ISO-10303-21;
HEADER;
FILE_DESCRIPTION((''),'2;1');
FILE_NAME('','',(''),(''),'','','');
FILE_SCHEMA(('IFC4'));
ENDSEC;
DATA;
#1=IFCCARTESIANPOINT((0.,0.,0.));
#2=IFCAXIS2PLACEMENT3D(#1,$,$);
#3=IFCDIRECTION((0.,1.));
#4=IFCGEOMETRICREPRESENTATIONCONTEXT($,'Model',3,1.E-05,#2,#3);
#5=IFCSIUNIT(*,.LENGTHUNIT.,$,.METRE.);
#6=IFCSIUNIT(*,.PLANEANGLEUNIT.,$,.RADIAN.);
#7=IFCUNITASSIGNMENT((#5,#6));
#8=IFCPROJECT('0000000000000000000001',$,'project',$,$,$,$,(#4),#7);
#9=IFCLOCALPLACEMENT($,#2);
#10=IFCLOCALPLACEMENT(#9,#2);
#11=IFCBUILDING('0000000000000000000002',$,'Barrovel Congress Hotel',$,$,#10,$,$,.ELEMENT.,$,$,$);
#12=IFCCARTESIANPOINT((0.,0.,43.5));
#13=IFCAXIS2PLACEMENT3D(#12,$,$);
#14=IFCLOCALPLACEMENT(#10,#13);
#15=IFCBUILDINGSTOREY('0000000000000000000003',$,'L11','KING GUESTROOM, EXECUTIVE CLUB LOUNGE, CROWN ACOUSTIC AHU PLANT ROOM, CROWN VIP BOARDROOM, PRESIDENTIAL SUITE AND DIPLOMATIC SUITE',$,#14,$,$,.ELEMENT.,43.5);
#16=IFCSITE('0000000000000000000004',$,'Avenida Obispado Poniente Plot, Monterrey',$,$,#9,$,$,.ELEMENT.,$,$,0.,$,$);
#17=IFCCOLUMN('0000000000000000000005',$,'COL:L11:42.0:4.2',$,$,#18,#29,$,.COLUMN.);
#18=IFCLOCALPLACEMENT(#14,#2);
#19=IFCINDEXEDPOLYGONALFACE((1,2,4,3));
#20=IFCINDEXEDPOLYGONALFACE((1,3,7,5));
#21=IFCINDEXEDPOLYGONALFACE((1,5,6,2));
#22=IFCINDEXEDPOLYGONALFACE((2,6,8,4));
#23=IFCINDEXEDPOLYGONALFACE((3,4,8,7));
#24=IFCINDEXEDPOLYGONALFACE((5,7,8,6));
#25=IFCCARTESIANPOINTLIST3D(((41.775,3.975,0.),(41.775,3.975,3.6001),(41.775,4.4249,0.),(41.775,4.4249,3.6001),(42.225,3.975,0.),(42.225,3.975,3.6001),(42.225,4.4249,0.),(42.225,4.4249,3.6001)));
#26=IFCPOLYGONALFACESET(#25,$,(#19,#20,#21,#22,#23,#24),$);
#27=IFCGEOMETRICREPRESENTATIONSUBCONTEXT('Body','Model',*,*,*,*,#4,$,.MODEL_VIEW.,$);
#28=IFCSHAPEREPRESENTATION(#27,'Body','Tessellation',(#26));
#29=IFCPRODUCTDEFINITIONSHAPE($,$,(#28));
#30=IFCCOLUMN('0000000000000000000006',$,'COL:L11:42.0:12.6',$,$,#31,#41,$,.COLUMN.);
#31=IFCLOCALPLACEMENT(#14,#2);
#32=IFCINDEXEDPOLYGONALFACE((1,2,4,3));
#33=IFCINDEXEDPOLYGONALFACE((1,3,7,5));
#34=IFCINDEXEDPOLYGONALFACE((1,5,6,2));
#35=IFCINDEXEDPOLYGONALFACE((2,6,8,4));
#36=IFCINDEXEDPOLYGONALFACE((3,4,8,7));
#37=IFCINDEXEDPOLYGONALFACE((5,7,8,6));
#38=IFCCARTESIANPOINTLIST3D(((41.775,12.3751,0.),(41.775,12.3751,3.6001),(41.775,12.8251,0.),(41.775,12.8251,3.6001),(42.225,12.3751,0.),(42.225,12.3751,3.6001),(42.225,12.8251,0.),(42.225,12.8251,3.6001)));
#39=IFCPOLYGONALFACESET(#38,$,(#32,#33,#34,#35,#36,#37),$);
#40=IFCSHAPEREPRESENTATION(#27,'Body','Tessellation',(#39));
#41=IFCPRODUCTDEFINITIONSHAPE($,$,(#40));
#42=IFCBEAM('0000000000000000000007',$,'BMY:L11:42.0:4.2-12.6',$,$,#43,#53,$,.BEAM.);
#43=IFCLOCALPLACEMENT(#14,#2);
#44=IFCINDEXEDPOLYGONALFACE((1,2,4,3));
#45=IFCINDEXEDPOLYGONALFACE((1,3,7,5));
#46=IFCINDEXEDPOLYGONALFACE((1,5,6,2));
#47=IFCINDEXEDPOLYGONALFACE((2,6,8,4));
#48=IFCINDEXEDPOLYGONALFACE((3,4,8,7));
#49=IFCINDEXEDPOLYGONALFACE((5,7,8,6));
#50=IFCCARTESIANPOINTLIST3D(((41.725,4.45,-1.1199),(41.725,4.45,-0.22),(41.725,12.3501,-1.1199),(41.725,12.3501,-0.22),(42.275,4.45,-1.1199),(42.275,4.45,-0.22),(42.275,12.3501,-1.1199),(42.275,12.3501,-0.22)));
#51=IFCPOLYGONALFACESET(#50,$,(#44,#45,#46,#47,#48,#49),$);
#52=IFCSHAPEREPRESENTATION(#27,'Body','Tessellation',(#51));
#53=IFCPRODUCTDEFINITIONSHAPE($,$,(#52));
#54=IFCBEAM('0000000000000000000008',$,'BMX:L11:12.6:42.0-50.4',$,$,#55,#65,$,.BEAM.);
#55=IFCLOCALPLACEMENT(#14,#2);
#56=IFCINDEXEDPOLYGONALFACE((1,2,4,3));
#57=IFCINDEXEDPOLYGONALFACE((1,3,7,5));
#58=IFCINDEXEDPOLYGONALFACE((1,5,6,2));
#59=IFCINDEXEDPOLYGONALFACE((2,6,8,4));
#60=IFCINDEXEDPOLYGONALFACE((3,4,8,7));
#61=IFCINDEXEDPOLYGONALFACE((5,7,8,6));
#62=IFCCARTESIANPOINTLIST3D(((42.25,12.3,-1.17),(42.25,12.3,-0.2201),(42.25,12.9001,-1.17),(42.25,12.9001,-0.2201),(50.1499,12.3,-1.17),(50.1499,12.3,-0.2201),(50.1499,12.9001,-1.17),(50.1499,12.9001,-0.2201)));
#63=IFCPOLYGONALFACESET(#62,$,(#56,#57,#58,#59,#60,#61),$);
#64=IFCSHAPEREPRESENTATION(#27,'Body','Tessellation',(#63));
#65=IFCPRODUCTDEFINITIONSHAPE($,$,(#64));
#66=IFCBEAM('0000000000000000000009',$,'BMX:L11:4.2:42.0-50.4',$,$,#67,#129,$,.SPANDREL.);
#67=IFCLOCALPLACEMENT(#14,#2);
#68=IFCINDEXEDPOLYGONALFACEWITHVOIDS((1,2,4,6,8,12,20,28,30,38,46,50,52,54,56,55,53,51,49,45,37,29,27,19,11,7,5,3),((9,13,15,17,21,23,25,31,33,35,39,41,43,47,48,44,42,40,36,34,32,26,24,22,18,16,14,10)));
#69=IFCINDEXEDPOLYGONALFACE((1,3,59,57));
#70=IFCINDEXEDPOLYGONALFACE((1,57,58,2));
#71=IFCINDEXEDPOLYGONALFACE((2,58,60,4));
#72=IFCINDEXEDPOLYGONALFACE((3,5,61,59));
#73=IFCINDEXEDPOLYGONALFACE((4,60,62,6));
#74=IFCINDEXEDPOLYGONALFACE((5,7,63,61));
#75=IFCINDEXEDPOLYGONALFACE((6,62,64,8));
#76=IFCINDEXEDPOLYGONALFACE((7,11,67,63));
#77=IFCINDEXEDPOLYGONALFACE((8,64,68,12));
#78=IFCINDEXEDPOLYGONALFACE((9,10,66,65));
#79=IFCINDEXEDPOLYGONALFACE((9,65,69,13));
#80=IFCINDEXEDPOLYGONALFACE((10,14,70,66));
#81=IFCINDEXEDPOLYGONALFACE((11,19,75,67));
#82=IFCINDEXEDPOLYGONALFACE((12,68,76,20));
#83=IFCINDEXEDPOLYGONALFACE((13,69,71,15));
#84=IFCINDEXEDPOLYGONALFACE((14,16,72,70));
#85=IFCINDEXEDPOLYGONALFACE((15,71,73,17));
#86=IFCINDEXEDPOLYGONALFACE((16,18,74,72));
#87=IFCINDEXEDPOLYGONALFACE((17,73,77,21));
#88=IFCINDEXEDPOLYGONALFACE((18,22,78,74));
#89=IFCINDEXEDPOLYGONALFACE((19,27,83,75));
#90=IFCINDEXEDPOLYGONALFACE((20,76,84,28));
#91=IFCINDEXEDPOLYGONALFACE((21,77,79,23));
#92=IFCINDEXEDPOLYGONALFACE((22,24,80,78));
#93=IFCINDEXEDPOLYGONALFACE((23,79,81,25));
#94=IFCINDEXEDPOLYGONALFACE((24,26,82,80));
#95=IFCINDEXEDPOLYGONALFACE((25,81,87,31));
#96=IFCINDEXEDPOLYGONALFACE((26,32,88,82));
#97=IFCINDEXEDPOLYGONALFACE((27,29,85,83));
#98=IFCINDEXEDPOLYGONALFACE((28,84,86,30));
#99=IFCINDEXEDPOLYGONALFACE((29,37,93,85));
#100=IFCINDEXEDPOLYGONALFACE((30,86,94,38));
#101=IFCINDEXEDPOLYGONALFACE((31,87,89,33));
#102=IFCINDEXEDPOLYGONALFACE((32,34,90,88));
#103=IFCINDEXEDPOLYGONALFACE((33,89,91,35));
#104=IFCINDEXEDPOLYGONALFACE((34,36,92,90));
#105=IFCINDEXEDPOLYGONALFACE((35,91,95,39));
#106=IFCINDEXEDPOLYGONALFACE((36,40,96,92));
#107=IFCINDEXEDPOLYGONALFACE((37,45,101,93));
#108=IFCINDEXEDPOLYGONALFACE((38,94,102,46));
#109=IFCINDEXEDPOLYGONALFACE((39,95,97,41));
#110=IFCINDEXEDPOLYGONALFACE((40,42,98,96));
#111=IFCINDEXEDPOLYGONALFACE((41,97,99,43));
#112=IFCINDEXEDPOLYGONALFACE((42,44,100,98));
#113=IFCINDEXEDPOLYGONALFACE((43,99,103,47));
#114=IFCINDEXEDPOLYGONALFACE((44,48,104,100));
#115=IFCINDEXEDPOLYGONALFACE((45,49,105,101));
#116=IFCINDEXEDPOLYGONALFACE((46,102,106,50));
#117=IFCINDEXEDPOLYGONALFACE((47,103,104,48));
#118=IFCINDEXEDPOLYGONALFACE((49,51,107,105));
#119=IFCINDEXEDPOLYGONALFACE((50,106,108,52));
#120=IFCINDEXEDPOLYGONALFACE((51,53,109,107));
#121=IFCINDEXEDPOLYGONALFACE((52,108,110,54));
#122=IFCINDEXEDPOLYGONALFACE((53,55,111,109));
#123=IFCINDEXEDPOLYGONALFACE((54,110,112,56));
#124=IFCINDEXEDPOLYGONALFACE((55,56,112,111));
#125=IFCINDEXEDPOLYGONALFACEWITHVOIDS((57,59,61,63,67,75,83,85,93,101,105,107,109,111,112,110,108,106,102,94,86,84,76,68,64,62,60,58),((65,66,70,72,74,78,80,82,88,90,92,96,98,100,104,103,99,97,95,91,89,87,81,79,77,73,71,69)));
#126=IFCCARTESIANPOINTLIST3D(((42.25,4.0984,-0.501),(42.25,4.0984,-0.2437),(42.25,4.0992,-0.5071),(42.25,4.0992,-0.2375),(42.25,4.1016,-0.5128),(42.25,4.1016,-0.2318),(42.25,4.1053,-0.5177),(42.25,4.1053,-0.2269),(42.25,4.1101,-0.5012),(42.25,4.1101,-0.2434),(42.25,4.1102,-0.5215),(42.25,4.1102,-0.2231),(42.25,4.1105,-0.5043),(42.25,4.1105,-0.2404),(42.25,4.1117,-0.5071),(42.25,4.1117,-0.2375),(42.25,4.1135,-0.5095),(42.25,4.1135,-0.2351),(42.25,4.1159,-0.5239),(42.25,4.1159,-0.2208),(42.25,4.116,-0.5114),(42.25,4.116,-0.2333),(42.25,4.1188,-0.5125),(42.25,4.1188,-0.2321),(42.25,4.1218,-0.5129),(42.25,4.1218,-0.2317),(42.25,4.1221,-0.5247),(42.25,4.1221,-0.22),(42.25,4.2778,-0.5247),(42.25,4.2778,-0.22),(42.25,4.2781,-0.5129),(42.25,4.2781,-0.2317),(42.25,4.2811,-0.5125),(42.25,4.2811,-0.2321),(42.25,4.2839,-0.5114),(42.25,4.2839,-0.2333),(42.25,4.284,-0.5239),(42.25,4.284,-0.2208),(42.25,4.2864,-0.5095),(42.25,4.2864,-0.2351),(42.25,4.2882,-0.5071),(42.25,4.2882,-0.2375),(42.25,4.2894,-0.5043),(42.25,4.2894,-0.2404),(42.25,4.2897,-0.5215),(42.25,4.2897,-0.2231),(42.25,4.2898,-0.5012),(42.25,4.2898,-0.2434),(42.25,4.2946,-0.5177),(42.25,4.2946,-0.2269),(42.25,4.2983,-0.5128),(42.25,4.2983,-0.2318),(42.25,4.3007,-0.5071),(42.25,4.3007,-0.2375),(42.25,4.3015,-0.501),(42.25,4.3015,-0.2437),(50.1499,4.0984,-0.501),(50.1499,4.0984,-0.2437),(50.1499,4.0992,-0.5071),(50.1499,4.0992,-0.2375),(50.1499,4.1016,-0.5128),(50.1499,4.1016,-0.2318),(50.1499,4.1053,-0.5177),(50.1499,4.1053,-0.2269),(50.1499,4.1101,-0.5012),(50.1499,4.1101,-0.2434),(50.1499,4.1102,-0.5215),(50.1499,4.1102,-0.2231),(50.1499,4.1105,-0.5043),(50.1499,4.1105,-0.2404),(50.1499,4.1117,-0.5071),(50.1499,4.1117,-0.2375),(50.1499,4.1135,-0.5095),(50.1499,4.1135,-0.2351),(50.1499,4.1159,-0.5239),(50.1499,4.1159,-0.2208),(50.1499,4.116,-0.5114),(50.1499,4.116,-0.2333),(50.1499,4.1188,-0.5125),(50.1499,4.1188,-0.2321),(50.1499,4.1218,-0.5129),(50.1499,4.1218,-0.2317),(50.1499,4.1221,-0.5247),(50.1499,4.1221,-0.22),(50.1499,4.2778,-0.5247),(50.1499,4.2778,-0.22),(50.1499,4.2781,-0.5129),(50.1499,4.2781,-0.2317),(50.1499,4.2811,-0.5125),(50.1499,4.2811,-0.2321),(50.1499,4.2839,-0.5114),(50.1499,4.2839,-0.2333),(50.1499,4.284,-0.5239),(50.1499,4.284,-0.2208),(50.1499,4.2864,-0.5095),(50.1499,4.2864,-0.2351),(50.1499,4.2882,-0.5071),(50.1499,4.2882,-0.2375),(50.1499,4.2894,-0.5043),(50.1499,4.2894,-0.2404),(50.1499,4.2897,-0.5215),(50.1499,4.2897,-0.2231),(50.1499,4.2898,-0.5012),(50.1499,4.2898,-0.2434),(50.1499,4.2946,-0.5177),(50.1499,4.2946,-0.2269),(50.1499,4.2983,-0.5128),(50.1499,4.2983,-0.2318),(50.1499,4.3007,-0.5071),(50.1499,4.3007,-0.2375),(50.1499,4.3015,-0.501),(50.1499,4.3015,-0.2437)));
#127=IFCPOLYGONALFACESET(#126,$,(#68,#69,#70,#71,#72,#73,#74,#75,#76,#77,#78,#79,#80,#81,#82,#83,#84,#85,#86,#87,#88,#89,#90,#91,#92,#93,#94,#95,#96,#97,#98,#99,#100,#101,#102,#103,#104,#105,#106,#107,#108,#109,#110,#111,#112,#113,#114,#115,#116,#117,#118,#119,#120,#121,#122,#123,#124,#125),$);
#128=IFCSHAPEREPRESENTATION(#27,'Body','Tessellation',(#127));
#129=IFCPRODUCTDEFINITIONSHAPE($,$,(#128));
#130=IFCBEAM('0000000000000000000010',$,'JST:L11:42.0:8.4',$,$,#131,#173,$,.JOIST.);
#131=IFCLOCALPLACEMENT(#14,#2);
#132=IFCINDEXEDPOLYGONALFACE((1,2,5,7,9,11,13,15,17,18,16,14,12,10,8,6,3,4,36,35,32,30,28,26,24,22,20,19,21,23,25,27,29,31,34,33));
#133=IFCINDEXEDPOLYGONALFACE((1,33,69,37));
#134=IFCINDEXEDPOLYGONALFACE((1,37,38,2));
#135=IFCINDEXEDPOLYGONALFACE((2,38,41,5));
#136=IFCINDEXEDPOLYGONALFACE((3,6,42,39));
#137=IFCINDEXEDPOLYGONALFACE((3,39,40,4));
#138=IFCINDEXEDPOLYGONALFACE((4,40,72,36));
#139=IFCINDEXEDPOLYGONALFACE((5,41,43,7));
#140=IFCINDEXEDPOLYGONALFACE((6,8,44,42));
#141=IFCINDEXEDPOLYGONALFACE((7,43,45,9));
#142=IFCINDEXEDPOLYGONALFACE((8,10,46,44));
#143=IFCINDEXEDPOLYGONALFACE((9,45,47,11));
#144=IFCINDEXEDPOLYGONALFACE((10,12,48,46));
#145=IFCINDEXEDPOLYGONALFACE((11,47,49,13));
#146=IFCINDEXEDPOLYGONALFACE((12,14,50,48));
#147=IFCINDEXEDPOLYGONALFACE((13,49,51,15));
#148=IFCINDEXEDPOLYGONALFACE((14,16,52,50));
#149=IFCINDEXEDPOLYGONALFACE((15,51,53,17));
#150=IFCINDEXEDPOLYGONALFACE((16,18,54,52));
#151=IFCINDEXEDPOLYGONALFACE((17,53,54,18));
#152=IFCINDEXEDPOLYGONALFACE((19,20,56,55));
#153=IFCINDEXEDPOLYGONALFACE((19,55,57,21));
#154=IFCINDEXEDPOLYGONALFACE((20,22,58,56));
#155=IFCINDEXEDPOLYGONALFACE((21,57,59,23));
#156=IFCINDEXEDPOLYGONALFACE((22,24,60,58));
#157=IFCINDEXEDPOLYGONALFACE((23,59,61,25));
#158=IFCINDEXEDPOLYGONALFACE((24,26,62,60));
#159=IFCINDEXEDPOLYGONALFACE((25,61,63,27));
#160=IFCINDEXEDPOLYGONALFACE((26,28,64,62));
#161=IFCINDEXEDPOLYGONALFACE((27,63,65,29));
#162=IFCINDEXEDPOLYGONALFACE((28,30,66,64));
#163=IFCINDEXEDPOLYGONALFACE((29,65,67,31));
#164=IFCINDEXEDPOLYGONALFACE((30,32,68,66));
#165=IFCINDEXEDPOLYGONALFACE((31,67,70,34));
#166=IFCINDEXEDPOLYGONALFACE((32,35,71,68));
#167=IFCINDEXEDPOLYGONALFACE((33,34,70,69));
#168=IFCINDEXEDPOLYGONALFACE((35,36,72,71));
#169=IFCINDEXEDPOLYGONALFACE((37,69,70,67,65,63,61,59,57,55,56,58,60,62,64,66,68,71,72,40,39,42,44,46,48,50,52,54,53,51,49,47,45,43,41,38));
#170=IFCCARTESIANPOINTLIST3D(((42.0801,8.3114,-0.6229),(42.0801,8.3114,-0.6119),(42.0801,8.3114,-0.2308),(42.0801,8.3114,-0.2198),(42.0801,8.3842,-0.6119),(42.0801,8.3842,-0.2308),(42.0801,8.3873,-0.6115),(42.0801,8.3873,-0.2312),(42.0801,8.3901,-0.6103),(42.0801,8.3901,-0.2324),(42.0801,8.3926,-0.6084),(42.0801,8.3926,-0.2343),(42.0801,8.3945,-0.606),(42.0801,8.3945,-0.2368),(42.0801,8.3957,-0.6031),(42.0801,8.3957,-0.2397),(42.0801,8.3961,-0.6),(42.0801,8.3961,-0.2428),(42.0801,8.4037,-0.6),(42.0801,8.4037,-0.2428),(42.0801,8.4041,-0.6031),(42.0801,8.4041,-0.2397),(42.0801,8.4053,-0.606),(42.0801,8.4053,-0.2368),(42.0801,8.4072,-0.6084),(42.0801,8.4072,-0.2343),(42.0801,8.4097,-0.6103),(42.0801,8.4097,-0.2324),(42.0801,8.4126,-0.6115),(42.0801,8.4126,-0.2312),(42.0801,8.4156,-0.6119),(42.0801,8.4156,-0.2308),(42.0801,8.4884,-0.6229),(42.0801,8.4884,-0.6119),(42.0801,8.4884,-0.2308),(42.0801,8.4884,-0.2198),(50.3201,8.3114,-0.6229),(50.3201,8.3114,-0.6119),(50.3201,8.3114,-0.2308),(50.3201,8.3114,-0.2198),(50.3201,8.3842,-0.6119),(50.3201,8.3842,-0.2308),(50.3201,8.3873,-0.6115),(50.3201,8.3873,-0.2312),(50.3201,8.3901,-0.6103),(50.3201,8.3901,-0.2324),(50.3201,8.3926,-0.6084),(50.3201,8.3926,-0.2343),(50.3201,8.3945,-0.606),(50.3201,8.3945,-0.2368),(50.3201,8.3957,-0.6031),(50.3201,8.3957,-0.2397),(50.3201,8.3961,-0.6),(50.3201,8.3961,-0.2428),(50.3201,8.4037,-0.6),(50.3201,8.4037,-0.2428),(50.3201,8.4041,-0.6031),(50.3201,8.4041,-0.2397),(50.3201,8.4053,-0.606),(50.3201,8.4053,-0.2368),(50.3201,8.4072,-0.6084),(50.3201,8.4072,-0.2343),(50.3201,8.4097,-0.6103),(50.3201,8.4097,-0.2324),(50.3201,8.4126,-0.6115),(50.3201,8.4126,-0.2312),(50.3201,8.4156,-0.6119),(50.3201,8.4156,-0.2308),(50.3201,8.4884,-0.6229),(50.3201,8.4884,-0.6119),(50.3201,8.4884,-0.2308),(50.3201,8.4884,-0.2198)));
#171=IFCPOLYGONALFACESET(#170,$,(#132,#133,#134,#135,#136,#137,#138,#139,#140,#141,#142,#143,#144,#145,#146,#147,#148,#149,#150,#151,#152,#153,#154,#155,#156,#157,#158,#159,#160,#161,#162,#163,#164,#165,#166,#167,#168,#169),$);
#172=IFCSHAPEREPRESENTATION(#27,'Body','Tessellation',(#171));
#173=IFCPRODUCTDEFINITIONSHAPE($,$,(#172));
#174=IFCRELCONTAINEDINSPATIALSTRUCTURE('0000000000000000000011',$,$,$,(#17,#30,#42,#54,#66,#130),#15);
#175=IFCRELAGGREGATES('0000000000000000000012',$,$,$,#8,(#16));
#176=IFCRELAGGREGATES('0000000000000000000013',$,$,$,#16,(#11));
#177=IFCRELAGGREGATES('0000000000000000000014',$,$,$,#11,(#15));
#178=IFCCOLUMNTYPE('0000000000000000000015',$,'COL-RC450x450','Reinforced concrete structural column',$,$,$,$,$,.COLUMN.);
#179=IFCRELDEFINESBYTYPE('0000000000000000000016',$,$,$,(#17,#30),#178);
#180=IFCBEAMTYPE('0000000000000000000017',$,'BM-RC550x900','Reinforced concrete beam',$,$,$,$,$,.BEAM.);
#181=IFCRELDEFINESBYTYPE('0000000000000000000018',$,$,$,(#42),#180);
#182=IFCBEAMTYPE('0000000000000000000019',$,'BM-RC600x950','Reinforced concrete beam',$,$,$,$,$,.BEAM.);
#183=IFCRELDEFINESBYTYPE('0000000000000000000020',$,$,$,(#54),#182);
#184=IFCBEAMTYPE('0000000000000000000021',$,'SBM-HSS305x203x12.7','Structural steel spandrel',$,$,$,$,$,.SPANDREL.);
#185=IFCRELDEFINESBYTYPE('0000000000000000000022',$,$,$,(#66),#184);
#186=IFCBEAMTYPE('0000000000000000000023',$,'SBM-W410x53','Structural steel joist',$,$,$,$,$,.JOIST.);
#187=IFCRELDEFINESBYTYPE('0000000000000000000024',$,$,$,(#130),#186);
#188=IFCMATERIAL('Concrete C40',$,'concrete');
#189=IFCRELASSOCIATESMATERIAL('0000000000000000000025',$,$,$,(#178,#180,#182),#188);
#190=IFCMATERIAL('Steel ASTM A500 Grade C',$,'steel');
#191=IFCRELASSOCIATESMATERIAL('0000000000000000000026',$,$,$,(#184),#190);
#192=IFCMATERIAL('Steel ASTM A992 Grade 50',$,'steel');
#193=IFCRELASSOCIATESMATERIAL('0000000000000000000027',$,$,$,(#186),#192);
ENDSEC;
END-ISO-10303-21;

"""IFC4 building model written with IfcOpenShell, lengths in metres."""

from ifc_helpers import new_model, si_unit, direction, frame, origin, origin_2d, place, context, subcontext, project, spatial, rectangle, hollow_rectangle, i_section, extrude, material, material_profile, profile_set, type_object, element, save


model = new_model("IFC4")

# Units and contexts
model_context = context("Model", 3, precision=1e-05, world=origin(), true_north=direction((0.0, 1.0)))
body_context = subcontext(model_context, "Body", "Model", "MODEL_VIEW")
ifc_project = project(units=[si_unit("LENGTHUNIT", "METRE"), si_unit("PLANEANGLEUNIT", "RADIAN")], contexts=[model_context])

# Site, building, storey
site_placement = place(None, origin())
site = spatial("IfcSite", under=ifc_project, at=site_placement, Name="Avenida Obispado Poniente Plot, Monterrey", CompositionType="ELEMENT", RefElevation=0.0)
building_placement = place(site_placement, origin())
building = spatial("IfcBuilding", under=site, at=building_placement, Name="Barrovel Congress Hotel", CompositionType="ELEMENT")
storey_placement = place(building_placement, frame((0.0, 0.0, 43.5)))
storey = spatial("IfcBuildingStorey", under=building, at=storey_placement, Name="L11", Description="KING GUESTROOM, EXECUTIVE CLUB LOUNGE, CROWN ACOUSTIC AHU PLANT ROOM, CROWN VIP BOARDROOM, PRESIDENTIAL SUITE AND DIPLOMATIC SUITE", CompositionType="ELEMENT", Elevation=43.5)

# Columns
ifc_material_1 = material(Name="Concrete C40", Category="concrete")
ifc_material_profile_1 = material_profile(ifc_material_1, rectangle(XDim=0.45, YDim=0.45, at=origin_2d()), Name="RC450x450")
ifc_profile_set_1 = profile_set([ifc_material_profile_1], Name="Concrete C40")
column_type = type_object("IfcColumnType", Name="COL-RC450x450", Description="Reinforced concrete structural column", PredefinedType="COLUMN", material=ifc_profile_set_1)
for number, where, z_axis, x_axis, name in (
    (1, (42.0, 4.2, 0.0), (0.0, 0.0, 1.0), (1.0, 0.0, 0.0), "COL:L11:42.0:4.2"),
    (2, (42.0, 12.6001, 0.0), (0.0, 0.0, 1.0), (1.0, 0.0, 0.0), "COL:L11:42.0:12.6"),
):
    element("IfcColumn", number, at=place(storey_placement, frame(where, z_axis=z_axis, x_axis=x_axis)), inside=storey, type_object=column_type, Name=name, PredefinedType="COLUMN", context=body_context, shape_type="SweptSolid", body=[
        extrude(rectangle(XDim=0.45, YDim=0.45, at=origin_2d()), origin(), (0.0, 0.0, 1.0), 3.6001),
    ])

# Beams
ifc_material_profile_2 = material_profile(ifc_material_1, rectangle(XDim=0.55, YDim=0.8999, at=origin_2d()), Name="RC550x900")
ifc_profile_set_2 = profile_set([ifc_material_profile_2], Name="Concrete C40")
beam_type_1 = type_object("IfcBeamType", Name="BM-RC550x900", Description="Reinforced concrete beam", PredefinedType="BEAM", material=ifc_profile_set_2)
beam_1_placement = place(storey_placement, frame((42.0, 4.45, -0.6699), z_axis=(0.0, 1.0, 0.0), x_axis=(-1.0, 0.0, 0.0)))
element("IfcBeam", 3, at=beam_1_placement, inside=storey, type_object=beam_type_1, Name="BMY:L11:42.0:4.2-12.6", PredefinedType="BEAM", context=body_context, shape_type="SweptSolid", body=[
    extrude(rectangle(XDim=0.55, YDim=0.8999, at=origin_2d()), origin(), (0.0, 0.0, 1.0), 7.9001),
])
ifc_material_profile_3 = material_profile(ifc_material_1, rectangle(XDim=0.6001, YDim=0.95, at=origin_2d()), Name="RC600x950")
ifc_profile_set_3 = profile_set([ifc_material_profile_3], Name="Concrete C40")
beam_type_2 = type_object("IfcBeamType", Name="BM-RC600x950", Description="Reinforced concrete beam", PredefinedType="BEAM", material=ifc_profile_set_3)
beam_2_placement = place(storey_placement, frame((42.25, 12.6001, -0.6951), z_axis=(1.0, 0.0, 0.0), x_axis=(0.0, 1.0, 0.0)))
element("IfcBeam", 4, at=beam_2_placement, inside=storey, type_object=beam_type_2, Name="BMX:L11:12.6:42.0-50.4", PredefinedType="BEAM", context=body_context, shape_type="SweptSolid", body=[
    extrude(rectangle(XDim=0.6001, YDim=0.95, at=origin_2d()), origin(), (0.0, 0.0, 1.0), 7.8999),
])
ifc_material_2 = material(Name="Steel ASTM A500 Grade C", Category="steel")
ifc_material_profile_4 = material_profile(ifc_material_2, hollow_rectangle(XDim=0.2031, YDim=0.3047, WallThickness=0.0117, InnerFilletRadius=0.0117, OuterFilletRadius=0.0237, at=origin_2d()), Name="HSS305x203x12.7")
ifc_profile_set_4 = profile_set([ifc_material_profile_4], Name="Steel ASTM A500 Grade C")
beam_type_3 = type_object("IfcBeamType", Name="SBM-HSS305x203x12.7", Description="Structural steel spandrel", PredefinedType="SPANDREL", material=ifc_profile_set_4)
beam_3_placement = place(storey_placement, frame((42.25, 4.2, -0.3723), z_axis=(1.0, 0.0, 0.0), x_axis=(0.0, 1.0, 0.0)))
element("IfcBeam", 5, at=beam_3_placement, inside=storey, type_object=beam_type_3, Name="BMX:L11:4.2:42.0-50.4", PredefinedType="SPANDREL", context=body_context, shape_type="SweptSolid", body=[
    extrude(hollow_rectangle(XDim=0.2031, YDim=0.3047, WallThickness=0.0117, InnerFilletRadius=0.0117, OuterFilletRadius=0.0237, at=origin_2d()), origin(), (0.0, 0.0, 1.0), 7.8999),
])
ifc_material_3 = material(Name="Steel ASTM A992 Grade 50", Category="steel")
ifc_material_profile_5 = material_profile(ifc_material_3, i_section(OverallWidth=0.177, OverallDepth=0.4031, WebThickness=0.0076, FlangeThickness=0.011, FilletRadius=0.012, at=origin_2d()), Name="W410x53")
ifc_profile_set_5 = profile_set([ifc_material_profile_5], Name="Steel ASTM A992 Grade 50")
beam_type_4 = type_object("IfcBeamType", Name="SBM-W410x53", Description="Structural steel joist", PredefinedType="JOIST", material=ifc_profile_set_5)
beam_4_placement = place(storey_placement, frame((42.0801, 8.3999, -0.4214), z_axis=(1.0, 0.0, 0.0), x_axis=(0.0, 1.0, 0.0)))
element("IfcBeam", 6, at=beam_4_placement, inside=storey, type_object=beam_type_4, Name="JST:L11:42.0:8.4", PredefinedType="JOIST", context=body_context, shape_type="SweptSolid", body=[
    extrude(i_section(OverallWidth=0.177, OverallDepth=0.4031, WebThickness=0.0076, FlangeThickness=0.011, FilletRadius=0.012, at=origin_2d()), origin(), (0.0, 0.0, 1.0), 8.24),
])

save(model, "model.ifc")
